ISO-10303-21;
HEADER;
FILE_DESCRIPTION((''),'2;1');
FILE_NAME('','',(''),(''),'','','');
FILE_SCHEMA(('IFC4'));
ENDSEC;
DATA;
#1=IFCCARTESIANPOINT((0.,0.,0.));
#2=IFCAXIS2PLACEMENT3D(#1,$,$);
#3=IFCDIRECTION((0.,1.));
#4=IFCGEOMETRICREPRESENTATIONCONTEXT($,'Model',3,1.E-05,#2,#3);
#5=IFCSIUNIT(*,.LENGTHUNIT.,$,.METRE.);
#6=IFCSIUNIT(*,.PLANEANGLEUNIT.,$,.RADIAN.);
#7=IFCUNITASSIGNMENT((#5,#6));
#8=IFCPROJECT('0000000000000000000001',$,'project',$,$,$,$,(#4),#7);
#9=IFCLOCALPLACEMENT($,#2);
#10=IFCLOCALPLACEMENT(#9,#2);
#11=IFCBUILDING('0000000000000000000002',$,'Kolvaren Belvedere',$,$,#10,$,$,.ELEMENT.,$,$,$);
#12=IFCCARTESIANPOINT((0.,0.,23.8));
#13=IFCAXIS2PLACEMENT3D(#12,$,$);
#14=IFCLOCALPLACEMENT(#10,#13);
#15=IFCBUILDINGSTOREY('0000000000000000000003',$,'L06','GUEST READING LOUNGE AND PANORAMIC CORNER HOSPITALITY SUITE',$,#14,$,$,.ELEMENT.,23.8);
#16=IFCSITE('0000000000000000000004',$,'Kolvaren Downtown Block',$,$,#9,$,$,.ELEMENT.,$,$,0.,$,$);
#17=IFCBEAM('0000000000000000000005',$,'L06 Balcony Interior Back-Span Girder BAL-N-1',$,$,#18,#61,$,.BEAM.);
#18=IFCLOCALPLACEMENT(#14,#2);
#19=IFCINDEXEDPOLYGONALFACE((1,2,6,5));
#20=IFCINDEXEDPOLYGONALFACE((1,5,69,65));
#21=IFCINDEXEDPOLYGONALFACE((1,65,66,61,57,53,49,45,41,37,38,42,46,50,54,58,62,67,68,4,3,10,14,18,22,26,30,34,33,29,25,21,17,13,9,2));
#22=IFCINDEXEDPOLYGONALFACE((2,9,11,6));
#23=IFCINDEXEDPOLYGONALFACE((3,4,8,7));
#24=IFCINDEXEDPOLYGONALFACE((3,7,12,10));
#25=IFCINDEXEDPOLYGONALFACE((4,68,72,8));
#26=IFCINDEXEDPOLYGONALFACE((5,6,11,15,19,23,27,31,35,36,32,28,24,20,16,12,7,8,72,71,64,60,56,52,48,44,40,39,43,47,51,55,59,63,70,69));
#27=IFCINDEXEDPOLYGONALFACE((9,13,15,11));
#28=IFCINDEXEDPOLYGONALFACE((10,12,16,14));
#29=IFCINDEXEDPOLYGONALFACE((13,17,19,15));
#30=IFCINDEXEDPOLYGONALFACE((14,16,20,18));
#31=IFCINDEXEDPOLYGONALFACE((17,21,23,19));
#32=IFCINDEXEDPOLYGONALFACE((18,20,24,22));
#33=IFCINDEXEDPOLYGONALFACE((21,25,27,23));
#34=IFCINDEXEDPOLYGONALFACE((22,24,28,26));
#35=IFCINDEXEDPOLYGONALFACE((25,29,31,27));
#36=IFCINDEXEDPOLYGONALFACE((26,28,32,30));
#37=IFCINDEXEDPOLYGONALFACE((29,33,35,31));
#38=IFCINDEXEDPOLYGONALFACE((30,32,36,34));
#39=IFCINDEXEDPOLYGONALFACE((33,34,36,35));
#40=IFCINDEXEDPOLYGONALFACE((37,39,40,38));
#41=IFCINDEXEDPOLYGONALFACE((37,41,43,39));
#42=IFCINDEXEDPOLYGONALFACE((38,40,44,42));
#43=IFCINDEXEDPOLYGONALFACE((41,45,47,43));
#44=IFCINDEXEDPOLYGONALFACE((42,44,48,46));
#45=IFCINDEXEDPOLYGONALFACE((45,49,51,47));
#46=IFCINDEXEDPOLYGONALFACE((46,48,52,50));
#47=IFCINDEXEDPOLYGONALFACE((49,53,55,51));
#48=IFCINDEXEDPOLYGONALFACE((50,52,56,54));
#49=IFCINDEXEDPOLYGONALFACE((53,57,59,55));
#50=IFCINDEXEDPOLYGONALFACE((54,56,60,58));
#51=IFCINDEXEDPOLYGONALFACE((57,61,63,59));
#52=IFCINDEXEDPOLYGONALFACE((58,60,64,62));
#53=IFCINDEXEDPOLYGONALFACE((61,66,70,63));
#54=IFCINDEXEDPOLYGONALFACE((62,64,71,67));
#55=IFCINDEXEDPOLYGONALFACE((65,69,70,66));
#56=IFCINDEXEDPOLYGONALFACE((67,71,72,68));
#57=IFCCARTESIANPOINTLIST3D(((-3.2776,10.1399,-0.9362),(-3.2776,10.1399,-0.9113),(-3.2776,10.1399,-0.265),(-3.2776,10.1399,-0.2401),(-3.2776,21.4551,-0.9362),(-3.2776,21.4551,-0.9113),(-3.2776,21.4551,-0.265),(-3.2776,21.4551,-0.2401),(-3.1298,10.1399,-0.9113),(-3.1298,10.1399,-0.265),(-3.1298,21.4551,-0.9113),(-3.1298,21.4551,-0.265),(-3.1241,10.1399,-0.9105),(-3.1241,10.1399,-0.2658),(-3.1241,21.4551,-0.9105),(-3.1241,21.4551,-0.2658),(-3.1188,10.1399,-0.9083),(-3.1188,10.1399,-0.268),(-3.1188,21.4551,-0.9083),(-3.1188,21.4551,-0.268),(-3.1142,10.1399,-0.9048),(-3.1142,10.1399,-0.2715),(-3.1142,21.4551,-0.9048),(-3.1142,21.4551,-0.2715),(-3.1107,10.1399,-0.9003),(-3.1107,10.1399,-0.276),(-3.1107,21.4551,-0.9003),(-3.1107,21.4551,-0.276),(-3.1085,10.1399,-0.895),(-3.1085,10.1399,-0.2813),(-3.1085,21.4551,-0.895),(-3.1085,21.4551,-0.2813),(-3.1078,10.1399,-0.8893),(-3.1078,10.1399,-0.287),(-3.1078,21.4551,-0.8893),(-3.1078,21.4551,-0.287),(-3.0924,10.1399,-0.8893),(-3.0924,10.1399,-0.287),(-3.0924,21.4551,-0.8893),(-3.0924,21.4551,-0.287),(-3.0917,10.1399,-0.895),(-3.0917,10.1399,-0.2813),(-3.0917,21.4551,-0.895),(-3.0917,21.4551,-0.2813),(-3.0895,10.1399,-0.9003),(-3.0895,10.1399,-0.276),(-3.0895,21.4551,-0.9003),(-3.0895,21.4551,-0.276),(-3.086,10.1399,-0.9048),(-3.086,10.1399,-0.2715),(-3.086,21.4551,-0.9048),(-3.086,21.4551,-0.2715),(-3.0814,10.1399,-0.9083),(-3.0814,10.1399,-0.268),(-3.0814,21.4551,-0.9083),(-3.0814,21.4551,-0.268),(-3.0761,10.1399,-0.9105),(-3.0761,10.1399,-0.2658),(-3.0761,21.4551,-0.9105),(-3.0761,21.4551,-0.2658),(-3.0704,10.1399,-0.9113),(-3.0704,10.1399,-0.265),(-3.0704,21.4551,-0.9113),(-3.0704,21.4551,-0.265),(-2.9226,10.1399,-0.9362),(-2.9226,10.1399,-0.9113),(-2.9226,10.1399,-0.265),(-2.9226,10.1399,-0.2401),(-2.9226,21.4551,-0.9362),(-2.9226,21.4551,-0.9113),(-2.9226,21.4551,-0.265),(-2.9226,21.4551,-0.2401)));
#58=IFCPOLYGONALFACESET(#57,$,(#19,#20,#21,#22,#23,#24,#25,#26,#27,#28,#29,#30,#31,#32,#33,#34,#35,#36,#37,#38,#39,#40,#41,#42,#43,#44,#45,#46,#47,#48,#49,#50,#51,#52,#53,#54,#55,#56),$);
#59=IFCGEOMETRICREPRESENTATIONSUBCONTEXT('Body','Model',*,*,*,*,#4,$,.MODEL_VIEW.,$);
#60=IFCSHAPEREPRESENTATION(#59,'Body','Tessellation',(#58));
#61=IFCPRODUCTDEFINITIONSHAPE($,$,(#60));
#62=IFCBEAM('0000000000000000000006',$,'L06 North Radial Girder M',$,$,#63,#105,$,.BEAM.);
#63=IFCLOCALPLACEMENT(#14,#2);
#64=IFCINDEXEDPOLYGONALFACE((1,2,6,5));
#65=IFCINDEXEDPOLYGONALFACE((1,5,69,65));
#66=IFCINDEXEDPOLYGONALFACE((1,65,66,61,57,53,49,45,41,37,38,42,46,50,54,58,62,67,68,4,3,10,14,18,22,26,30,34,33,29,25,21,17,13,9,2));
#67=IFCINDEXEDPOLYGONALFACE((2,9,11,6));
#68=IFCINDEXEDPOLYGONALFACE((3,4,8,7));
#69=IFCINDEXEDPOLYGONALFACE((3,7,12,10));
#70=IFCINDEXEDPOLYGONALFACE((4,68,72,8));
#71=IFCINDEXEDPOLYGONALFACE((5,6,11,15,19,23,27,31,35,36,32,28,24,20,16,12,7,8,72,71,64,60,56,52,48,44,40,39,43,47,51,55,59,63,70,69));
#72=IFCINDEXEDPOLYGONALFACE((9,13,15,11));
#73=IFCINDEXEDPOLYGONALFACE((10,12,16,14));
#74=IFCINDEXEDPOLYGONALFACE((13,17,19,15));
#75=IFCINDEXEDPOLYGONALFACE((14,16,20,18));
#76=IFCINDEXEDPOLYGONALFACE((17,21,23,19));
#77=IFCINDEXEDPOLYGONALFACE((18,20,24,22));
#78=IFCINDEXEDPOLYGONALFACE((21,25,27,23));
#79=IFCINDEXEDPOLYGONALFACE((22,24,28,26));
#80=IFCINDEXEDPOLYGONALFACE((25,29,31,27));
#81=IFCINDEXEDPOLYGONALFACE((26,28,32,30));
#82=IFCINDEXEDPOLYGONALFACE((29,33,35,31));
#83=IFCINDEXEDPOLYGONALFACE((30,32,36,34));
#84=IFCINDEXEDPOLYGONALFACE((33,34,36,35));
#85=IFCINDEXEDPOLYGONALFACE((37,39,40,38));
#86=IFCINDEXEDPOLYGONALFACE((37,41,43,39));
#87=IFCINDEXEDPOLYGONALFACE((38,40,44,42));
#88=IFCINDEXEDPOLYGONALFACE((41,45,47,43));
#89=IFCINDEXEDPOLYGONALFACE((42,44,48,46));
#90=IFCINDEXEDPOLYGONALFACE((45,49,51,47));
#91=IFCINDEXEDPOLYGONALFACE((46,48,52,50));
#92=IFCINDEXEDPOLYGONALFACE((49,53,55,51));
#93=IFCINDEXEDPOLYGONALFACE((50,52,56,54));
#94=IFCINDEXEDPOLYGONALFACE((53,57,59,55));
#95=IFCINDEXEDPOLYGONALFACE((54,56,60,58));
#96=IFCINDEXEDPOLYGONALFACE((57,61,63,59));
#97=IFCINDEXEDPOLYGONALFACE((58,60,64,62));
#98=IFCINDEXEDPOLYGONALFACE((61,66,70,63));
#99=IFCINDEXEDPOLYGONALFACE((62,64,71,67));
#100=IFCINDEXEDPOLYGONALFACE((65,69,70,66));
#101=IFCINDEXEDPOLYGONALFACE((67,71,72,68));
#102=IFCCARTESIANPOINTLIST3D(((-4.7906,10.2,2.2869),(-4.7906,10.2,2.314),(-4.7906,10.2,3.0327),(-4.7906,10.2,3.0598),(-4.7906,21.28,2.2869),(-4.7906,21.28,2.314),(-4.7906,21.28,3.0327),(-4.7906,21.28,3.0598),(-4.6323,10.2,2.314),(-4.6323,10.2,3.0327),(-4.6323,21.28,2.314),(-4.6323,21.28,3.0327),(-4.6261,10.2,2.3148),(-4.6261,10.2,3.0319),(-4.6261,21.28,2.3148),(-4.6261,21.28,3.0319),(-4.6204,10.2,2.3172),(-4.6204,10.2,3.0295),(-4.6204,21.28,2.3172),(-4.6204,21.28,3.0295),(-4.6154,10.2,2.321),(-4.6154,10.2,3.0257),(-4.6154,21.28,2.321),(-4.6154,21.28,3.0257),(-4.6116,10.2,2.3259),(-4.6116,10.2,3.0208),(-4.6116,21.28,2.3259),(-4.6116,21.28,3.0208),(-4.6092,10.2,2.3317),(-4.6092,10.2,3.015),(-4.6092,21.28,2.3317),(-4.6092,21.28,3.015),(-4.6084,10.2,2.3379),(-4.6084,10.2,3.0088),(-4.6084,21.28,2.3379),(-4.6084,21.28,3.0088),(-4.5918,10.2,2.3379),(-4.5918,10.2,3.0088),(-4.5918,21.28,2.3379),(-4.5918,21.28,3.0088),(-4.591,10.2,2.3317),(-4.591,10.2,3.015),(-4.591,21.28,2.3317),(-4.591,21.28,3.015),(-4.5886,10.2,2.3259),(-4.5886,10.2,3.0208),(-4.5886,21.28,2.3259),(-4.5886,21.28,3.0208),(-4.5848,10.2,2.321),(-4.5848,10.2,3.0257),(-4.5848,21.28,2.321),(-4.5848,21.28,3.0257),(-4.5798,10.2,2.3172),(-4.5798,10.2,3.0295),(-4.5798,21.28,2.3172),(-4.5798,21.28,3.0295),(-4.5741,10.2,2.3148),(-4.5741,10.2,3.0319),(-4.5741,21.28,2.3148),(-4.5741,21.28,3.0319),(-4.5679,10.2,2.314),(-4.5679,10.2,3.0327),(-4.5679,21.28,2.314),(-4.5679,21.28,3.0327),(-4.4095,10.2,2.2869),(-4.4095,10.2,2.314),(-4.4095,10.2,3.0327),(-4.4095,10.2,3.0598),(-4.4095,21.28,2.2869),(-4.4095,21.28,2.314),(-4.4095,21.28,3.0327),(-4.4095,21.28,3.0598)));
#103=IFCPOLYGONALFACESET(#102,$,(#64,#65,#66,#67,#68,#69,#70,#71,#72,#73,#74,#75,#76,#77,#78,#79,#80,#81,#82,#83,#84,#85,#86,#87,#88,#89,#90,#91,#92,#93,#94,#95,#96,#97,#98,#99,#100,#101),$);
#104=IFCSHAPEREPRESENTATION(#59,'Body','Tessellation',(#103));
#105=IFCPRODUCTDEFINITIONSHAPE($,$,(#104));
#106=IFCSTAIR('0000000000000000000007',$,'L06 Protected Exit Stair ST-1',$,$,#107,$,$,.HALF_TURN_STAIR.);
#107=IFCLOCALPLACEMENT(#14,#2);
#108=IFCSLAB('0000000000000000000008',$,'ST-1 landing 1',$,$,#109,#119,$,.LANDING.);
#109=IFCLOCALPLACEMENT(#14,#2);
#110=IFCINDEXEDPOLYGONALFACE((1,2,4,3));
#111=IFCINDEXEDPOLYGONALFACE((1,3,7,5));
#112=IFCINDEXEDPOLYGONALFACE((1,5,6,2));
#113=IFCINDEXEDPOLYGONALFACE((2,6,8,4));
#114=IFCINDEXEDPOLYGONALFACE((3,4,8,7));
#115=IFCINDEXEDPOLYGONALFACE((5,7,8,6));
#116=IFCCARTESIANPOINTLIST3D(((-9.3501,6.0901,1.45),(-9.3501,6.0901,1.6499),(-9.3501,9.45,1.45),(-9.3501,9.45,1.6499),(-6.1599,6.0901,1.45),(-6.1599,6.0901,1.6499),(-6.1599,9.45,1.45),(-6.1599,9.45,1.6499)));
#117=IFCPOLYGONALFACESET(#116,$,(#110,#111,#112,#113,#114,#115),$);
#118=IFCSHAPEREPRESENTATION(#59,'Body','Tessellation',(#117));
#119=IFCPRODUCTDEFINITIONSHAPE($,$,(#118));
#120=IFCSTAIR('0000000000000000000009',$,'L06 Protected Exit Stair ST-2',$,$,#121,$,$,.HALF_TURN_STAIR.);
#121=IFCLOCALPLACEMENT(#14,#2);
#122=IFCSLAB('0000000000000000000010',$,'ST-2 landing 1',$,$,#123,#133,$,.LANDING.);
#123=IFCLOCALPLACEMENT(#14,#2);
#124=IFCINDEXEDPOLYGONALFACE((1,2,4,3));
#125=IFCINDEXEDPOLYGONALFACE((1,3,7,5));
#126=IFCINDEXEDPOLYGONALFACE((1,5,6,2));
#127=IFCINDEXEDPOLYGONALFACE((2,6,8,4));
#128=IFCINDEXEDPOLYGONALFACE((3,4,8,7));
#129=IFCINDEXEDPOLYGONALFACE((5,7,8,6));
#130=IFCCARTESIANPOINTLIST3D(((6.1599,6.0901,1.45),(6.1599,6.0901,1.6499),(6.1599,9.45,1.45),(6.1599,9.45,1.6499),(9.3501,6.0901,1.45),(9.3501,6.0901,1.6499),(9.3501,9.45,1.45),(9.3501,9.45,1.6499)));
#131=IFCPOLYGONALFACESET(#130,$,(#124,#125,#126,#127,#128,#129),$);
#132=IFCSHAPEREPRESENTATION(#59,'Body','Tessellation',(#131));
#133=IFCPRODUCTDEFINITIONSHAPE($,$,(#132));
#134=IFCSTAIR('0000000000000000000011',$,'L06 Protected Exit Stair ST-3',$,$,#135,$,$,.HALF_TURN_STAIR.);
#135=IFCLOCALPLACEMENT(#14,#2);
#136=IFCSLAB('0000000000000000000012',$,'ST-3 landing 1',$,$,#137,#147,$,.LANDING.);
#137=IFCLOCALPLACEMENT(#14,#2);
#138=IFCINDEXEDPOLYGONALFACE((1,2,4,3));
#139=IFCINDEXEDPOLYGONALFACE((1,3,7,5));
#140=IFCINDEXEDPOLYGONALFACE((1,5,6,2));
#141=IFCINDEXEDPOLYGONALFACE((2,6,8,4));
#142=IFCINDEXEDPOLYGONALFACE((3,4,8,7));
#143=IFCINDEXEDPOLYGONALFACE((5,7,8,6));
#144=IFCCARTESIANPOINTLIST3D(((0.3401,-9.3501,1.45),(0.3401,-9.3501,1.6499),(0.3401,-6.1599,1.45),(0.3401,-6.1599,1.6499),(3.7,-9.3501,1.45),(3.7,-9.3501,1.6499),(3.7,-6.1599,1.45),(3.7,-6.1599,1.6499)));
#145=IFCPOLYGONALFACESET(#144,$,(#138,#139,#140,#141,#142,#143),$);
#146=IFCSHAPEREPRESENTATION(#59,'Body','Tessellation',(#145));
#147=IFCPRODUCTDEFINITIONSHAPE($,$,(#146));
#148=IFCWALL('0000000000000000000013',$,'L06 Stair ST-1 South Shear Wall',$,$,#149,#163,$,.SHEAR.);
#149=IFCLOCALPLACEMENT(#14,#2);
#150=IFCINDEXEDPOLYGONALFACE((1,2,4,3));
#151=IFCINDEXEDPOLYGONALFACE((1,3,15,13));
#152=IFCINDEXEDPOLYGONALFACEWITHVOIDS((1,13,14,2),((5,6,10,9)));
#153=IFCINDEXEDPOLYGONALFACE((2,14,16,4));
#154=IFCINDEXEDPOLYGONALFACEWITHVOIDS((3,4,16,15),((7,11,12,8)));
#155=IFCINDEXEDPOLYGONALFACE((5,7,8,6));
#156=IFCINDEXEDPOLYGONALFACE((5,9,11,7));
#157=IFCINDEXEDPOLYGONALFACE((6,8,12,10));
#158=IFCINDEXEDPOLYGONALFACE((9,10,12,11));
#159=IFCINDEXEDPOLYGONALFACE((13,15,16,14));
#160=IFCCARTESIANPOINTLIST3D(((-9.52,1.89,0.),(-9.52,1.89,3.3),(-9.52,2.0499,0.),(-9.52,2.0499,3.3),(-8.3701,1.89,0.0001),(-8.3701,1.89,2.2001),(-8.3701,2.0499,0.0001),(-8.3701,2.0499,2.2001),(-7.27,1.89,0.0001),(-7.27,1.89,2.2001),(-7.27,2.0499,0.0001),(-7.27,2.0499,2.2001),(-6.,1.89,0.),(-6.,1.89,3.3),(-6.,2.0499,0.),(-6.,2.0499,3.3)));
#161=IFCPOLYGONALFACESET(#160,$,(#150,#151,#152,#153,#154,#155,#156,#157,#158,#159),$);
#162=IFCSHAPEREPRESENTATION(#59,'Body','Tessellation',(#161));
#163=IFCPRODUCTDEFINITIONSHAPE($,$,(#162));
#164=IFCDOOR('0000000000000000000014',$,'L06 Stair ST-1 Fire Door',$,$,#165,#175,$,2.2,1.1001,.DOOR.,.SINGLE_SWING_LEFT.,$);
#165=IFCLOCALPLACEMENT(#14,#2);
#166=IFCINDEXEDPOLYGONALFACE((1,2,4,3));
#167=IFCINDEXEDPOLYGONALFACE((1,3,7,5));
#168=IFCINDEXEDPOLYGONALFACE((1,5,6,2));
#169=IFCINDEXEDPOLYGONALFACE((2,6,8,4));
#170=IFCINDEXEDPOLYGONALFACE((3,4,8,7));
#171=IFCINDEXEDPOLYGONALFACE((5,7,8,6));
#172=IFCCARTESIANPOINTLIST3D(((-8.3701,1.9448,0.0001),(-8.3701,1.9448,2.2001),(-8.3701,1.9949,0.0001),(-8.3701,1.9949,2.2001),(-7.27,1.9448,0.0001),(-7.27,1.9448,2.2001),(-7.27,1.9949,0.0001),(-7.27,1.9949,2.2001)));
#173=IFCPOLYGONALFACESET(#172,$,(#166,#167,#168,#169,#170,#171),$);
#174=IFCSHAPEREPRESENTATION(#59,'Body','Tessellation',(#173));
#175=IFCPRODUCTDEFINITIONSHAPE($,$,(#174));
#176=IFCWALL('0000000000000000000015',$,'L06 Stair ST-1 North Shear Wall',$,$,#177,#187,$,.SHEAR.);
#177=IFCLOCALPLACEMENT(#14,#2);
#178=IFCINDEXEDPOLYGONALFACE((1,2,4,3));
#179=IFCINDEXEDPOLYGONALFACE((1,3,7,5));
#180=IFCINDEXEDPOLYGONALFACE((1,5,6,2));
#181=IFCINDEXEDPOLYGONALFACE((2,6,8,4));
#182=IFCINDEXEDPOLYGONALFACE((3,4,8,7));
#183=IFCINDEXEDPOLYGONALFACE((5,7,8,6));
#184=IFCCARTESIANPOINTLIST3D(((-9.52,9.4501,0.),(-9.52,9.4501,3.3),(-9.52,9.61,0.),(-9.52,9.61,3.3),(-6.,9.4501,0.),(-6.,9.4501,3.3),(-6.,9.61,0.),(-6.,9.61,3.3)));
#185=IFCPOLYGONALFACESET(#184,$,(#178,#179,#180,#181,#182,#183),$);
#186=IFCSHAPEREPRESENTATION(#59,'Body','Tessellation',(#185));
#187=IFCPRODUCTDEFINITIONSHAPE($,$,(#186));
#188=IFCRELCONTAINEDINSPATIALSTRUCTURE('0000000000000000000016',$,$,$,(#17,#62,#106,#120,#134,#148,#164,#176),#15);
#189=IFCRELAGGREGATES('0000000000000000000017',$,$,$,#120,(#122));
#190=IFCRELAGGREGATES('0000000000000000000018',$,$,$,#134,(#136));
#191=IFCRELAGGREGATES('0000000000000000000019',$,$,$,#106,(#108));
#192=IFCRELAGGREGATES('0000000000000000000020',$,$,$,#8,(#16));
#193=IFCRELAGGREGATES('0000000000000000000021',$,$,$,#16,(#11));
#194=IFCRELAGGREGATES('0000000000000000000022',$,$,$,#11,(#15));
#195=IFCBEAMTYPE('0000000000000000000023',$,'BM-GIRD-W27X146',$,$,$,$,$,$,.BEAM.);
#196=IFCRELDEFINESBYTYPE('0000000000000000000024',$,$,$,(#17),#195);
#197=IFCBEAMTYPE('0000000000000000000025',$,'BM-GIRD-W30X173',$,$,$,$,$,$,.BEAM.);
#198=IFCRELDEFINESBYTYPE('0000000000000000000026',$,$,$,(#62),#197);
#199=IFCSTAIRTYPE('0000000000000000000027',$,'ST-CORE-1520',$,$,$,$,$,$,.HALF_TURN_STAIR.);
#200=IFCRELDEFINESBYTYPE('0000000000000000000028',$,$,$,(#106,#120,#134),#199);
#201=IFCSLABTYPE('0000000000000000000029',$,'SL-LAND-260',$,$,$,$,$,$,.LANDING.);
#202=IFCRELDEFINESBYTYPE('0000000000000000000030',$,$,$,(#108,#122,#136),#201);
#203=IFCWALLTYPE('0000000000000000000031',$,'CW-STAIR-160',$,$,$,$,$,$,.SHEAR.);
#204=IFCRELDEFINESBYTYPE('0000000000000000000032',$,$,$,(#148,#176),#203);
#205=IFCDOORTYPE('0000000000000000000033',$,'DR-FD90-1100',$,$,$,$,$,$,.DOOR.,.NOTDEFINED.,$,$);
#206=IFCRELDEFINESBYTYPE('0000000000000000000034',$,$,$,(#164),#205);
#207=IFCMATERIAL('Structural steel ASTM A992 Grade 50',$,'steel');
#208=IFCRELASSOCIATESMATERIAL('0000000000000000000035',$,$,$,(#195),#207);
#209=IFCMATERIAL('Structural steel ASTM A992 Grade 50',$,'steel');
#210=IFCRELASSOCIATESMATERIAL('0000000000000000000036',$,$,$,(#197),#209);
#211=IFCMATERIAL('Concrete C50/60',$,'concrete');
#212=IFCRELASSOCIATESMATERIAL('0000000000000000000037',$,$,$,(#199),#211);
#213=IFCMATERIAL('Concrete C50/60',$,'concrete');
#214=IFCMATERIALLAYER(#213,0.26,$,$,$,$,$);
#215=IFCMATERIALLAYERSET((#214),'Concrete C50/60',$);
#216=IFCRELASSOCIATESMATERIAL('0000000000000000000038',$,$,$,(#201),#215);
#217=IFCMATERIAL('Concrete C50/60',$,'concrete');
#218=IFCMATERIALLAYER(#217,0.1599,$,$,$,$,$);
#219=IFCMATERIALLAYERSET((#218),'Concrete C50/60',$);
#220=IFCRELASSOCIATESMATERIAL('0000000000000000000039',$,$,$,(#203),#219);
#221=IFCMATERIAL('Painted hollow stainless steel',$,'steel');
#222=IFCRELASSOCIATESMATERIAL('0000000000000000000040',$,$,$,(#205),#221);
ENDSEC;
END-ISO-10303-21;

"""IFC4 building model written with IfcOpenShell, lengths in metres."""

from ifc_helpers import new_model, si_unit, direction, frame, frame_2d, origin, origin_2d, place, context, subcontext, project, spatial, polyline, rectangle, i_section, outline, extrude, material, layer, layer_set, material_profile, profile_set, type_object, element, fill, aggregate, save


model = new_model("IFC4")

# Units and contexts
model_context = context("Model", 3, precision=1e-05, world=origin(), true_north=direction((0.0, 1.0)))
body_context = subcontext(model_context, "Body", "Model", "MODEL_VIEW")
ifc_project = project(units=[si_unit("LENGTHUNIT", "METRE"), si_unit("PLANEANGLEUNIT", "RADIAN")], contexts=[model_context])

# Site, building, storey
site_placement = place(None, origin())
site = spatial("IfcSite", under=ifc_project, at=site_placement, Name="Kolvaren Downtown Block", CompositionType="ELEMENT", RefElevation=0.0)
building_placement = place(site_placement, origin())
building = spatial("IfcBuilding", under=site, at=building_placement, Name="Kolvaren Belvedere", CompositionType="ELEMENT")
storey_placement = place(building_placement, frame((0.0, 0.0, 23.8)))
storey = spatial("IfcBuildingStorey", under=building, at=storey_placement, Name="L06", Description="GUEST READING LOUNGE AND PANORAMIC CORNER HOSPITALITY SUITE", CompositionType="ELEMENT", Elevation=23.8)

# Beams
ifc_material_1 = material(Name="Structural steel ASTM A992 Grade 50", Category="steel")
ifc_material_profile_1 = material_profile(ifc_material_1, i_section(OverallWidth=0.355, OverallDepth=0.696, WebThickness=0.0154, FlangeThickness=0.0249, FilletRadius=0.022, at=origin_2d()), Name="W27X146")
ifc_profile_set_1 = profile_set([ifc_material_profile_1], Name="Structural steel ASTM A992 Grade 50")
beam_type_1 = type_object("IfcBeamType", Name="BM-GIRD-W27X146", PredefinedType="BEAM", material=ifc_profile_set_1)
beam_1_placement = place(storey_placement, frame((-3.1001, 10.1399, -0.5881), z_axis=(0.0, 1.0, 0.0), x_axis=(-1.0, 0.0, 0.0)))
element("IfcBeam", 1, at=beam_1_placement, inside=storey, type_object=beam_type_1, Name="L06 Balcony Interior Back-Span Girder BAL-N-1", PredefinedType="BEAM", context=body_context, shape_type="SweptSolid", body=[
    extrude(i_section(OverallWidth=0.355, OverallDepth=0.696, WebThickness=0.0154, FlangeThickness=0.0249, FilletRadius=0.022, at=origin_2d()), origin(), (0.0, 0.0, 1.0), 11.3152),
])
ifc_material_2 = material(Name="Structural steel ASTM A992 Grade 50", Category="steel")
ifc_material_profile_2 = material_profile(ifc_material_2, i_section(OverallWidth=0.3811, OverallDepth=0.7729, WebThickness=0.0166, FlangeThickness=0.0271, FilletRadius=0.0239, at=origin_2d()), Name="W30X173")
ifc_profile_set_2 = profile_set([ifc_material_profile_2], Name="Structural steel ASTM A992 Grade 50")
beam_type_2 = type_object("IfcBeamType", Name="BM-GIRD-W30X173", PredefinedType="BEAM", material=ifc_profile_set_2)
beam_2_placement = place(storey_placement, frame((-4.6001, 10.2, 2.6733), z_axis=(0.0, 1.0, 0.0), x_axis=(-1.0, 0.0, 0.0)))
element("IfcBeam", 2, at=beam_2_placement, inside=storey, type_object=beam_type_2, Name="L06 North Radial Girder M", PredefinedType="BEAM", context=body_context, shape_type="SweptSolid", body=[
    extrude(i_section(OverallWidth=0.3811, OverallDepth=0.7729, WebThickness=0.0166, FlangeThickness=0.0271, FilletRadius=0.0239, at=origin_2d()), origin(), (0.0, 0.0, 1.0), 11.0801),
])

# Stairs, slabs
ifc_material_3 = material(Name="Concrete C50/60", Category="concrete")
stair_type = type_object("IfcStairType", Name="ST-CORE-1520", PredefinedType="HALF_TURN_STAIR", material=ifc_material_3)
stair_1_placement = place(storey_placement, origin())
stair_1 = element("IfcStair", 3, at=stair_1_placement, inside=storey, type_object=stair_type, Name="L06 Protected Exit Stair ST-1", PredefinedType="HALF_TURN_STAIR")
ifc_material_4 = material(Name="Concrete C50/60", Category="concrete")
ifc_layer_1 = layer(ifc_material_4, 0.26)
ifc_layer_set_1 = layer_set([ifc_layer_1], Name="Concrete C50/60")
slab_type = type_object("IfcSlabType", Name="SL-LAND-260", PredefinedType="LANDING", material=ifc_layer_set_1)
slab_1_placement = place(storey_placement, frame((0.0, 0.0, 1.45)))
slab_1 = element("IfcSlab", 4, at=slab_1_placement, type_object=slab_type, Name="ST-1 landing 1", PredefinedType="LANDING", context=body_context, shape_type="SweptSolid", body=[
    extrude(outline(polyline([(-6.1599, 6.0901), (-6.1599, 9.45), (-9.3501, 9.45), (-9.3501, 6.0901), (-6.1599, 6.0901)])), origin(), (0.0, 0.0, 1.0), 0.2),
])
stair_2_placement = place(storey_placement, origin())
stair_2 = element("IfcStair", 5, at=stair_2_placement, inside=storey, type_object=stair_type, Name="L06 Protected Exit Stair ST-2", PredefinedType="HALF_TURN_STAIR")
slab_2_placement = place(storey_placement, frame((0.0, 0.0, 1.45)))
slab_2 = element("IfcSlab", 6, at=slab_2_placement, type_object=slab_type, Name="ST-2 landing 1", PredefinedType="LANDING", context=body_context, shape_type="SweptSolid", body=[
    extrude(outline(polyline([(9.3501, 6.0901), (9.3501, 9.45), (6.1599, 9.45), (6.1599, 6.0901), (9.3501, 6.0901)])), origin(), (0.0, 0.0, 1.0), 0.2),
])
aggregate(stair_2, [slab_2])
stair_3_placement = place(storey_placement, origin())
stair_3 = element("IfcStair", 7, at=stair_3_placement, inside=storey, type_object=stair_type, Name="L06 Protected Exit Stair ST-3", PredefinedType="HALF_TURN_STAIR")
slab_3_placement = place(storey_placement, frame((0.0, 0.0, 1.45)))
slab_3 = element("IfcSlab", 8, at=slab_3_placement, type_object=slab_type, Name="ST-3 landing 1", PredefinedType="LANDING", context=body_context, shape_type="SweptSolid", body=[
    extrude(outline(polyline([(0.3401, -9.3501), (3.7, -9.3501), (3.7, -6.1599), (0.3401, -6.1599), (0.3401, -9.3501)])), origin(), (0.0, 0.0, 1.0), 0.2),
])
aggregate(stair_3, [slab_3])

# Wall, opening, door
ifc_material_5 = material(Name="Concrete C50/60", Category="concrete")
ifc_layer_2 = layer(ifc_material_5, 0.1599)
ifc_layer_set_2 = layer_set([ifc_layer_2], Name="Concrete C50/60")
wall_type_1 = type_object("IfcWallType", Name="CW-STAIR-160", PredefinedType="SHEAR", material=ifc_layer_set_2)
wall_1_placement = place(storey_placement, frame((-9.52, 1.97, 0.0), z_axis=(0.0, 0.0, 1.0), x_axis=(1.0, 0.0, 0.0)))
wall_1 = element("IfcWall", 9, at=wall_1_placement, inside=storey, type_object=wall_type_1, Name="L06 Stair ST-1 South Shear Wall", PredefinedType="SHEAR", context=body_context, shape_type="SweptSolid", body=[
    extrude(rectangle(XDim=3.52, YDim=0.1599, at=frame_2d((1.76, 0.0))), origin(), (0.0, 0.0, 1.0), 3.3),
])
opening_1_placement = place(wall_1_placement, frame((1.1499, 0.0, 0.0)))
opening_1 = element("IfcOpeningElement", 10, at=opening_1_placement, cuts=wall_1, PredefinedType="OPENING", context=body_context, shape_type="SweptSolid", body=[
    extrude(rectangle(XDim=1.1001, YDim=2.2, at=frame_2d((0.55, 1.1001))), frame((0.0, 0.0898, 0.0), z_axis=(0.0, -1.0, 0.0), x_axis=(1.0, 0.0, 0.0)), (0.0, 0.0, 1.0), 0.1799),
])
ifc_material_6 = material(Name="Painted hollow stainless steel", Category="steel")
door_type_1 = type_object("IfcDoorType", Name="DR-FD90-1100", OperationType="NOTDEFINED", PredefinedType="DOOR", material=ifc_material_6)
door_1_placement = place(opening_1_placement, origin())
door_1 = element("IfcDoor", 11, at=door_1_placement, inside=storey, type_object=door_type_1, Name="L06 Stair ST-1 Fire Door", OperationType="SINGLE_SWING_LEFT", OverallHeight=2.2, OverallWidth=1.1001, PredefinedType="DOOR", context=body_context, shape_type="SweptSolid", body=[
    extrude(rectangle(XDim=1.1001, YDim=2.2, at=frame_2d((0.55, 1.1001))), frame((0.0, 0.0249, 0.0), z_axis=(0.0, -1.0, 0.0), x_axis=(1.0, 0.0, 0.0)), (0.0, 0.0, 1.0), 0.05),
])
fill(opening_1, door_1)

# Wall
wall_2_placement = place(storey_placement, frame((-9.52, 9.53, 0.0), z_axis=(0.0, 0.0, 1.0), x_axis=(1.0, 0.0, 0.0)))
element("IfcWall", 12, at=wall_2_placement, inside=storey, type_object=wall_type_1, Name="L06 Stair ST-1 North Shear Wall", PredefinedType="SHEAR", context=body_context, shape_type="SweptSolid", body=[
    extrude(rectangle(XDim=3.52, YDim=0.1599, at=frame_2d((1.76, 0.0))), origin(), (0.0, 0.0, 1.0), 3.3),
])

aggregate(stair_1, [slab_1])

save(model, "model.ifc")
